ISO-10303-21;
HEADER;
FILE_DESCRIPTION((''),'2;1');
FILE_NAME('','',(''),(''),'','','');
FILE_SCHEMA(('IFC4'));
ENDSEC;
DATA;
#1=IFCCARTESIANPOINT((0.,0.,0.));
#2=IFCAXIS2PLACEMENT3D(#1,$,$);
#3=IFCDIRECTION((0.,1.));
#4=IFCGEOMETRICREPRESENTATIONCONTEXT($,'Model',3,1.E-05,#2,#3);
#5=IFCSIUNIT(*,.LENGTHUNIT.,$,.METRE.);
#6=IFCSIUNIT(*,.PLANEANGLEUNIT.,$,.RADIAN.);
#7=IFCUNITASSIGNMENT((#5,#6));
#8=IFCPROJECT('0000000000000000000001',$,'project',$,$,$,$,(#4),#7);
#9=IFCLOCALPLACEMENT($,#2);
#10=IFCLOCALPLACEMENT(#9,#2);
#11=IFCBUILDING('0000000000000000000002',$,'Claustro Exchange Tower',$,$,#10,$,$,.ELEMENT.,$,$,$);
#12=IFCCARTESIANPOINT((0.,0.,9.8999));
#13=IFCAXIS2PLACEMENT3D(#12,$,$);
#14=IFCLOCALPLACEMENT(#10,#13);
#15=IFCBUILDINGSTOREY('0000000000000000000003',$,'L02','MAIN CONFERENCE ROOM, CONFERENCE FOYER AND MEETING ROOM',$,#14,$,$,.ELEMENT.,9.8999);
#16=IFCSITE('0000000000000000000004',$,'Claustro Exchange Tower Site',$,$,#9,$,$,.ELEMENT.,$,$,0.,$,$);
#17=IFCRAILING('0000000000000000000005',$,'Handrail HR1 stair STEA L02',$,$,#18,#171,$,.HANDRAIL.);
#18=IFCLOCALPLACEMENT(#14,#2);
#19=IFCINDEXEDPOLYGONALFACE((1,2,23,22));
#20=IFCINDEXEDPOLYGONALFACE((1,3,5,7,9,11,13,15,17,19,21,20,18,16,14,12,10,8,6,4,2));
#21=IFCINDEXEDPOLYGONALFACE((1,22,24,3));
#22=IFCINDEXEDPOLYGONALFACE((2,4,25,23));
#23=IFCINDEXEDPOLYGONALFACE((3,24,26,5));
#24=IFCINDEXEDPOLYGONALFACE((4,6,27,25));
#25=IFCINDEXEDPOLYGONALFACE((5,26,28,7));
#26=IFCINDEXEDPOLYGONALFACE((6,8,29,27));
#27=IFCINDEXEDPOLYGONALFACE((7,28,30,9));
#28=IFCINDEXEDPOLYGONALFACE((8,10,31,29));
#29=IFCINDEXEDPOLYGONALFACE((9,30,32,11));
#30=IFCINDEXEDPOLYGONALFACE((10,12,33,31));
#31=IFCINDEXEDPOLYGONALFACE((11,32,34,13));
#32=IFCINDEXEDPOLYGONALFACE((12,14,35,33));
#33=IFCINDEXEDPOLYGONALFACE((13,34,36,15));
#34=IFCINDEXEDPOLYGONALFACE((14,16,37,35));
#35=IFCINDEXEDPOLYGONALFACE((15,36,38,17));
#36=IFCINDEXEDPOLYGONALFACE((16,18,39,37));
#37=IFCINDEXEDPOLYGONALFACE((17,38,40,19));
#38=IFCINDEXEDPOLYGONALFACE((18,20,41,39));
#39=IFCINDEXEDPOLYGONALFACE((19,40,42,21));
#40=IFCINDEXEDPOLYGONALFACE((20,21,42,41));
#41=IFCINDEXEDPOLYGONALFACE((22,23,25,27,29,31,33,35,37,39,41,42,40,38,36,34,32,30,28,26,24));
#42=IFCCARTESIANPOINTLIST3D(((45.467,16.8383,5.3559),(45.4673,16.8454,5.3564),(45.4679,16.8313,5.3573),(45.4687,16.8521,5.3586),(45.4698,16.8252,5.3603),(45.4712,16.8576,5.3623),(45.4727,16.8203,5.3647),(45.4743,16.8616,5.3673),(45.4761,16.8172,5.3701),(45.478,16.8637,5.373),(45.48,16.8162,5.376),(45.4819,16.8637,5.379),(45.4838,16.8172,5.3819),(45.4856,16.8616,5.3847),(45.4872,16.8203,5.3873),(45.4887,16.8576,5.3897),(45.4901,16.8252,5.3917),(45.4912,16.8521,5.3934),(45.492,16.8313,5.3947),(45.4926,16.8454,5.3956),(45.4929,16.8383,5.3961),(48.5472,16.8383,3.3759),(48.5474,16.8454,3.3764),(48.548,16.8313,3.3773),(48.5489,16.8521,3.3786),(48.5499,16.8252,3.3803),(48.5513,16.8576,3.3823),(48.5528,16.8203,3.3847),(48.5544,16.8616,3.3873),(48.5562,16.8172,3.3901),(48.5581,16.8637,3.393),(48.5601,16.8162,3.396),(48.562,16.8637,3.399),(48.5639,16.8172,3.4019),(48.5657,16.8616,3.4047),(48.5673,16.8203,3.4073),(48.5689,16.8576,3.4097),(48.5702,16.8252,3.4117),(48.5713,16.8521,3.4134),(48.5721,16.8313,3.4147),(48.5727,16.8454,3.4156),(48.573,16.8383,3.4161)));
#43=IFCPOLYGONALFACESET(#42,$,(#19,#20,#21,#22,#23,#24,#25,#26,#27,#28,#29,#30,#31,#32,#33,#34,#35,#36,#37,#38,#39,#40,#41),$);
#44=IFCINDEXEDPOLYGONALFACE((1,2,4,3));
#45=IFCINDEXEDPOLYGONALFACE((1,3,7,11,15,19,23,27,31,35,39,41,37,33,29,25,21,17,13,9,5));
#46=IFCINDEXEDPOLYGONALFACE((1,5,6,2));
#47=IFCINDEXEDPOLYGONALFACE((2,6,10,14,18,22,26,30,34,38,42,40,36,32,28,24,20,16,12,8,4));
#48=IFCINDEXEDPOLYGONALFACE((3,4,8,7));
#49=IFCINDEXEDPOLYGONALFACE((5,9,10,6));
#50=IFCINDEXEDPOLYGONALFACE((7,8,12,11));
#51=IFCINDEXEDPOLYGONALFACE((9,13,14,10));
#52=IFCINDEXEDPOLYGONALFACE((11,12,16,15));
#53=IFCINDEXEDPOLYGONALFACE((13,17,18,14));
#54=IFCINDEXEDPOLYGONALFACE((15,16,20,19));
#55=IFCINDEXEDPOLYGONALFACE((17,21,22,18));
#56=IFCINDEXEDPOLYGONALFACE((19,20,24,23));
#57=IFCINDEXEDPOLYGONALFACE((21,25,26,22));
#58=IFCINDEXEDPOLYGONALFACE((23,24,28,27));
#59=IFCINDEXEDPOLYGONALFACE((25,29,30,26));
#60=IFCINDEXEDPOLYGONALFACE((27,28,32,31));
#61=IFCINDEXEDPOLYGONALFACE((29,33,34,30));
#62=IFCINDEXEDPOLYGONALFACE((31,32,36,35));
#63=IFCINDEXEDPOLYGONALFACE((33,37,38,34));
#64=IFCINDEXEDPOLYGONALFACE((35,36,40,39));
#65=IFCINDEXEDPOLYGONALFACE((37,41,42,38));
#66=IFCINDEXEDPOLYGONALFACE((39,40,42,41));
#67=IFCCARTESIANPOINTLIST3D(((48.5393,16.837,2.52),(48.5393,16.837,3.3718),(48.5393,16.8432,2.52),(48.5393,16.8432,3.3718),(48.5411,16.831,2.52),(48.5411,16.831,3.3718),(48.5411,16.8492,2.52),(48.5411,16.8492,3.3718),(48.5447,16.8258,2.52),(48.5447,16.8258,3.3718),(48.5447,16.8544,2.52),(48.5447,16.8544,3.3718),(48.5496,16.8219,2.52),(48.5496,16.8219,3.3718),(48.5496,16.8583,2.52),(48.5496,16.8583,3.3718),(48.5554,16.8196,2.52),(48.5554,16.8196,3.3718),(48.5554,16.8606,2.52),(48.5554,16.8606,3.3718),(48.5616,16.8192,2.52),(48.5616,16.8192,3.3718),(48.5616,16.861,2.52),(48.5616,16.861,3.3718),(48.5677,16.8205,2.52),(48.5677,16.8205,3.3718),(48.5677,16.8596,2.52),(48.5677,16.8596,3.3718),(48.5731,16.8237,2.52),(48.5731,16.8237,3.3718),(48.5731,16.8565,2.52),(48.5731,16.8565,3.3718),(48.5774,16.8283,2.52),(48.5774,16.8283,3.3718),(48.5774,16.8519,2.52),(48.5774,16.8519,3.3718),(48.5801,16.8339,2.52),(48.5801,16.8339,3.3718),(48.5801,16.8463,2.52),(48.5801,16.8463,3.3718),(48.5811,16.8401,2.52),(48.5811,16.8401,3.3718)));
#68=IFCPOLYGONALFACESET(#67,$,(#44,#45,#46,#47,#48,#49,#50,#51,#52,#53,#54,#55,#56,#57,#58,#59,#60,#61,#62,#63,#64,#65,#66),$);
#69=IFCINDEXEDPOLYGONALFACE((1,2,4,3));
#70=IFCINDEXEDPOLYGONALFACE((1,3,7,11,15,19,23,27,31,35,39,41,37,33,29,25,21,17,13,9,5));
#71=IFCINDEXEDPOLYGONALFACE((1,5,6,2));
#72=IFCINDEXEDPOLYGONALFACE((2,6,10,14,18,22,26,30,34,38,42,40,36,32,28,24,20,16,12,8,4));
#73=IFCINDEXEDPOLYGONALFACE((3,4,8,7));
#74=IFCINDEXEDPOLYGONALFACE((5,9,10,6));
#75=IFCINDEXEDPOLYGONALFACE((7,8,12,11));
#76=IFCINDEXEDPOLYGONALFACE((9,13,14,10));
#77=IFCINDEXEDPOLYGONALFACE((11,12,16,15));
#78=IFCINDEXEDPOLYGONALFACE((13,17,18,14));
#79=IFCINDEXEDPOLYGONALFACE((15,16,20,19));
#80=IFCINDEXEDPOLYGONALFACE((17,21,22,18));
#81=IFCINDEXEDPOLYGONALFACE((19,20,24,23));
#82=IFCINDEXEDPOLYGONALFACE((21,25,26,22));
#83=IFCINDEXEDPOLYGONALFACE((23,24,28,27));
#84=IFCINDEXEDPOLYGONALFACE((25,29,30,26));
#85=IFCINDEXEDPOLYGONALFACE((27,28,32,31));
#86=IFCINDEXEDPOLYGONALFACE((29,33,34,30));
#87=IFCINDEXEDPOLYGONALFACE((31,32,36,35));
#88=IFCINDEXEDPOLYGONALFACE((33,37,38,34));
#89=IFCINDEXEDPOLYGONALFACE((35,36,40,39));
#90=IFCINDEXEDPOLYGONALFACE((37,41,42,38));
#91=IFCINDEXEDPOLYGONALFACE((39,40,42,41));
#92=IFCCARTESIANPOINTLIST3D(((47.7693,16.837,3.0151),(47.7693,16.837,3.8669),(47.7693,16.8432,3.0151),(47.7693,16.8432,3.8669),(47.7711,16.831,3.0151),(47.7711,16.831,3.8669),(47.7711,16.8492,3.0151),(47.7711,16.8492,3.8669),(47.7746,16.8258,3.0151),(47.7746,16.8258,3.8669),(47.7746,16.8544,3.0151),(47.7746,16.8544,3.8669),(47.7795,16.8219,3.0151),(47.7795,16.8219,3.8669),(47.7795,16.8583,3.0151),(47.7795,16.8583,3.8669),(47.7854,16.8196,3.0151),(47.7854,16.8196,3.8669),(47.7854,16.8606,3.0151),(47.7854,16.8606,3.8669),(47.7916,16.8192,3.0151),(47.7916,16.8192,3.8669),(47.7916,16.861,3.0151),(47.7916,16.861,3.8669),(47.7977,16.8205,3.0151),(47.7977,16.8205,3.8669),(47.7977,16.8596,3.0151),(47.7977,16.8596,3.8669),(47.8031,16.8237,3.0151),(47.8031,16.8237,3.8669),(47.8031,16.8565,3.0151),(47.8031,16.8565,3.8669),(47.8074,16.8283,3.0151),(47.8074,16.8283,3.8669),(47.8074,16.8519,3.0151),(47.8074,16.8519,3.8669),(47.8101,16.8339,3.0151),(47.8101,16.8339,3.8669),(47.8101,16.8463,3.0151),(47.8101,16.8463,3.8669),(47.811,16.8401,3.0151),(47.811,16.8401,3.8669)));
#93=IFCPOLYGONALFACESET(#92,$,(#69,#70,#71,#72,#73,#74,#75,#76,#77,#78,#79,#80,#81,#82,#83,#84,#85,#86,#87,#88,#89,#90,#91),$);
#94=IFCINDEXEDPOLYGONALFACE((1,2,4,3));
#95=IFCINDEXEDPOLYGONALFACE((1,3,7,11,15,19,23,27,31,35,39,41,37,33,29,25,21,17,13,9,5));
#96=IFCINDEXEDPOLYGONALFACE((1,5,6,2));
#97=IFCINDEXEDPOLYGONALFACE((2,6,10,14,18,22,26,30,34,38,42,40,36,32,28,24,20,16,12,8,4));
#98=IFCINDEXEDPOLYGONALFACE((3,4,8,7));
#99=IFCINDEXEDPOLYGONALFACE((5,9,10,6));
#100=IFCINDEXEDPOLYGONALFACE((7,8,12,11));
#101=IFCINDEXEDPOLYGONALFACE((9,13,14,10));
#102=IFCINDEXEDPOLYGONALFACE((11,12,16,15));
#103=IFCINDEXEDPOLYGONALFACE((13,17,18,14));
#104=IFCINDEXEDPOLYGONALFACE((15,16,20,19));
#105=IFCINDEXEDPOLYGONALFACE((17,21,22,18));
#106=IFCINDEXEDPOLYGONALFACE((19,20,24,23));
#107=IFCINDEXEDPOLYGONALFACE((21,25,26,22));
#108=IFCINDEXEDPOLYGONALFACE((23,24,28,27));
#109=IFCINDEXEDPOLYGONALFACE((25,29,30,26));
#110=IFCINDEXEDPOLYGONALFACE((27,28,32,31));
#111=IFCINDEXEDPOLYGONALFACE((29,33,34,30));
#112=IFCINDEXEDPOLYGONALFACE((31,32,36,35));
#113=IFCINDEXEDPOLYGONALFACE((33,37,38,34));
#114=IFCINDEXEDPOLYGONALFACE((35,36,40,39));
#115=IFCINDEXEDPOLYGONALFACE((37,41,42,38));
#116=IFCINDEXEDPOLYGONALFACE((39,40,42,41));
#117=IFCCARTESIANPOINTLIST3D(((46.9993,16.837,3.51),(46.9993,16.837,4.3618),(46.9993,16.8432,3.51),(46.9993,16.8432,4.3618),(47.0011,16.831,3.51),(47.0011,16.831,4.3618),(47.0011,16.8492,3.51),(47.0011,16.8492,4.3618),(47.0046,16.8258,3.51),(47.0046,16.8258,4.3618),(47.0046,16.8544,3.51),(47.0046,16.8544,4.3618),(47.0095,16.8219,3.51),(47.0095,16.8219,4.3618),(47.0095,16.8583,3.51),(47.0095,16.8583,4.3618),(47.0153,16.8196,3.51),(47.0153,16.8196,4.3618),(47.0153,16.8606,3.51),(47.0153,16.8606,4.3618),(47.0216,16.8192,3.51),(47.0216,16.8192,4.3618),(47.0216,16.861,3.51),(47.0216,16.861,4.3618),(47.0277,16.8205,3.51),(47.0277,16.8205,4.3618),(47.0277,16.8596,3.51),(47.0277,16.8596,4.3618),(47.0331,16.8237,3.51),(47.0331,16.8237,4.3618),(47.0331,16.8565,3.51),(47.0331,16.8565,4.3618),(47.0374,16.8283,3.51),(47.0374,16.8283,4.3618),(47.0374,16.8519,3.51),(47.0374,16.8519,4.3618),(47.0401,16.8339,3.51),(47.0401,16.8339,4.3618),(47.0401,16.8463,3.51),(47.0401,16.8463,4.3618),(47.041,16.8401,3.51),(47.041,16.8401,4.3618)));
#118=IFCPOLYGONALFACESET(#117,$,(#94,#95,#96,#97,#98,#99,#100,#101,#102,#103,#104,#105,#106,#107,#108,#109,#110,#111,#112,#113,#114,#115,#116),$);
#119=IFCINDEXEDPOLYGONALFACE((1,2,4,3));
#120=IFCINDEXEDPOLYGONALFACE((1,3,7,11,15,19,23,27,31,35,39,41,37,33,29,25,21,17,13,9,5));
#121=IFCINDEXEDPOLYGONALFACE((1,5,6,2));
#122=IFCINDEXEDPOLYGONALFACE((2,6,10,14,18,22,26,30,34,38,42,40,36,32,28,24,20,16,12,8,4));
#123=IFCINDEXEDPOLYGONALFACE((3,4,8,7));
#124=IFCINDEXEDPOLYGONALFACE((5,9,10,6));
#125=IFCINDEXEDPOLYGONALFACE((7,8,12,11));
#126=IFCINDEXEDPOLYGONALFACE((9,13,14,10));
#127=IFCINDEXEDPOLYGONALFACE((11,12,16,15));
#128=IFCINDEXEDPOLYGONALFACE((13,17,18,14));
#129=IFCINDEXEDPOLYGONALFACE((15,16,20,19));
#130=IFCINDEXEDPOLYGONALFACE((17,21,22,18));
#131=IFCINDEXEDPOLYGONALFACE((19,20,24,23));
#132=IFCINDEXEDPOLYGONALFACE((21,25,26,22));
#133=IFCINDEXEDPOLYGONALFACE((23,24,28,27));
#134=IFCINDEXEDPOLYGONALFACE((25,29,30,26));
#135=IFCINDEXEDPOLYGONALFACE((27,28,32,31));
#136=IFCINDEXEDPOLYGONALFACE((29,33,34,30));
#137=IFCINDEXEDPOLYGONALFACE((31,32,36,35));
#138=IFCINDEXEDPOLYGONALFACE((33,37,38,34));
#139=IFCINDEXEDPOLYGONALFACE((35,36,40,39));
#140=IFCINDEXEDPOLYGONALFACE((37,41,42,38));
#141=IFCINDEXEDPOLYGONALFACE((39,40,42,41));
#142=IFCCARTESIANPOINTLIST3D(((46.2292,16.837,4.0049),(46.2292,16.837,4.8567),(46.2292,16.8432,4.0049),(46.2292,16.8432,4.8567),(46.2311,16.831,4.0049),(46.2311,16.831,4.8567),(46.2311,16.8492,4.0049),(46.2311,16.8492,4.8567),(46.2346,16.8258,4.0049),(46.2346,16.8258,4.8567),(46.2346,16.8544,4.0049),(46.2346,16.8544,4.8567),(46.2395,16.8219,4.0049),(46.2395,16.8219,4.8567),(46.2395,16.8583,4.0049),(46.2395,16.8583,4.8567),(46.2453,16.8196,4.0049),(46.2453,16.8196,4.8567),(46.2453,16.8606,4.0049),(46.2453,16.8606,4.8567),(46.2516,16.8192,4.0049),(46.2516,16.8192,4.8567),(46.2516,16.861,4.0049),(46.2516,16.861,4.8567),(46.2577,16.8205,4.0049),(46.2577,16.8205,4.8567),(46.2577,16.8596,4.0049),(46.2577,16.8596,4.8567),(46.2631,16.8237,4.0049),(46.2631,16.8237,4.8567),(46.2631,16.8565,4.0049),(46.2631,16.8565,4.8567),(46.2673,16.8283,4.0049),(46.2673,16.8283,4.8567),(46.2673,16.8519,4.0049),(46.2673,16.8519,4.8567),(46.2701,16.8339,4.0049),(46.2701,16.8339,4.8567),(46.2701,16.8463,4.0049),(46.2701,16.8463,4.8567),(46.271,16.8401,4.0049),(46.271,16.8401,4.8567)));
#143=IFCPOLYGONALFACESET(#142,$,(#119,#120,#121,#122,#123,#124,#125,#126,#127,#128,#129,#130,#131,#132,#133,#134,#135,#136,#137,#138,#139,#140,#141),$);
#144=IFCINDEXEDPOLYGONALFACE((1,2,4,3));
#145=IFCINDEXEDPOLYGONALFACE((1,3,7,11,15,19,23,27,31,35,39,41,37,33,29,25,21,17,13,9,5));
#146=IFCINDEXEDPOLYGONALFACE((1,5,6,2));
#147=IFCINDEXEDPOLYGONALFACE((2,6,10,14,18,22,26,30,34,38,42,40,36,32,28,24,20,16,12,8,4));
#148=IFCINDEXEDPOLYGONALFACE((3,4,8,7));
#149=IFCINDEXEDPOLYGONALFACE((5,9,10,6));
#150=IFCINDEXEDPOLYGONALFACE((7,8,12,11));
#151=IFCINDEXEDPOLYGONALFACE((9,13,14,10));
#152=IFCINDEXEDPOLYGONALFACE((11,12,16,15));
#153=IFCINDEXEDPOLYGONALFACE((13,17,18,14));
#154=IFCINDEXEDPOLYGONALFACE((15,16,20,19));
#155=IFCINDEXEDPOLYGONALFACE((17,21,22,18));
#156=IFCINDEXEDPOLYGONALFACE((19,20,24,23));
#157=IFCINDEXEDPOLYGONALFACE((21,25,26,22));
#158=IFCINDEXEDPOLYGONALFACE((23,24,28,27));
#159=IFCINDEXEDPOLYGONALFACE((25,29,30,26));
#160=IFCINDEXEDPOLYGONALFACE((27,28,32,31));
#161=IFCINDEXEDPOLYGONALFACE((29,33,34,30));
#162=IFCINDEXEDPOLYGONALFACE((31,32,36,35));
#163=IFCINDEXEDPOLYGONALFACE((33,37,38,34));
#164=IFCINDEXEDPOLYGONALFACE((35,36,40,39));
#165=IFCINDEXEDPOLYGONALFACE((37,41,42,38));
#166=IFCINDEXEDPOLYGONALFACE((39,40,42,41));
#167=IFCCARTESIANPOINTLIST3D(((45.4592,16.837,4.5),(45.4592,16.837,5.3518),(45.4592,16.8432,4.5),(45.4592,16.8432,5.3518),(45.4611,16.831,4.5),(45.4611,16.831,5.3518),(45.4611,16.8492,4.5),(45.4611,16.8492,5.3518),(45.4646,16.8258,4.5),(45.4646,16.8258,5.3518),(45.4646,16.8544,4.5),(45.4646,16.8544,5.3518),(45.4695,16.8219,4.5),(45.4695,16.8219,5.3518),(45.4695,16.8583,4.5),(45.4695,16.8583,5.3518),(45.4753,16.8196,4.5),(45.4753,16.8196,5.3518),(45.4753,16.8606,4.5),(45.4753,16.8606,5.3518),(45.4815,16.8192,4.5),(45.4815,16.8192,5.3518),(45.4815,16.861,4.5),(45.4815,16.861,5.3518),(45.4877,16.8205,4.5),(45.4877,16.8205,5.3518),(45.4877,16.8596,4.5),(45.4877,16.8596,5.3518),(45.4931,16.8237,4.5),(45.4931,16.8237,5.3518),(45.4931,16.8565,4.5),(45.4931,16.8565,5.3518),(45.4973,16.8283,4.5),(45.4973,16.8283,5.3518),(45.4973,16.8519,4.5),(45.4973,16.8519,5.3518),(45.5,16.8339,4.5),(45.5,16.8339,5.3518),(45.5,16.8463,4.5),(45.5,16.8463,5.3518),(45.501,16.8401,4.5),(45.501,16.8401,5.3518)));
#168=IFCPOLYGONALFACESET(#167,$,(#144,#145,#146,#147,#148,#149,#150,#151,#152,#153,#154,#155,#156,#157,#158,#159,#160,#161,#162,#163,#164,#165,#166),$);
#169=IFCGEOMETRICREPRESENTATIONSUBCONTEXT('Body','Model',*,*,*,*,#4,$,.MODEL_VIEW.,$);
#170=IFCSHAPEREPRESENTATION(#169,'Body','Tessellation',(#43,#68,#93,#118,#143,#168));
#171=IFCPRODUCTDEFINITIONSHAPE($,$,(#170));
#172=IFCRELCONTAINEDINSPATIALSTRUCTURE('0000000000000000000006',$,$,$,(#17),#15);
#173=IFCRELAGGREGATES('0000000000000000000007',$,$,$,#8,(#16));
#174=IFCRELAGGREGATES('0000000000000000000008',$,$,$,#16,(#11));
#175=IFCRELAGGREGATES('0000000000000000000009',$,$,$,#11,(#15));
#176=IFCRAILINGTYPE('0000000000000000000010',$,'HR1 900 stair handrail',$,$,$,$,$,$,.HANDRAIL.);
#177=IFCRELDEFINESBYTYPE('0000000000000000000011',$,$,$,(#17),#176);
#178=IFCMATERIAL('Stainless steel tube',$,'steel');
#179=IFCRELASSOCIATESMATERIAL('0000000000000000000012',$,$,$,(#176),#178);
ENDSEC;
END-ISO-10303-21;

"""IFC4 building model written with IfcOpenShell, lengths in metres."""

from ifc_helpers import new_model, si_unit, direction, frame, origin, origin_2d, place, context, subcontext, project, spatial, circle, extrude, material, type_object, element, save


model = new_model("IFC4")

# Units and contexts
model_context = context("Model", 3, precision=1e-05, world=origin(), true_north=direction((0.0, 1.0)))
body_context = subcontext(model_context, "Body", "Model", "MODEL_VIEW")
ifc_project = project(units=[si_unit("LENGTHUNIT", "METRE"), si_unit("PLANEANGLEUNIT", "RADIAN")], contexts=[model_context])

# Site, building, storey
site_placement = place(None, origin())
site = spatial("IfcSite", under=ifc_project, at=site_placement, Name="Claustro Exchange Tower Site", CompositionType="ELEMENT", RefElevation=0.0)
building_placement = place(site_placement, origin())
building = spatial("IfcBuilding", under=site, at=building_placement, Name="Claustro Exchange Tower", CompositionType="ELEMENT")
storey_placement = place(building_placement, frame((0.0, 0.0, 9.8999)))
storey = spatial("IfcBuildingStorey", under=building, at=storey_placement, Name="L02", Description="MAIN CONFERENCE ROOM, CONFERENCE FOYER AND MEETING ROOM", CompositionType="ELEMENT", Elevation=9.8999)

# Railing
ifc_material_1 = material(Name="Stainless steel tube", Category="steel")
railing_type_1 = type_object("IfcRailingType", Name="HR1 900 stair handrail", PredefinedType="HANDRAIL", material=ifc_material_1)
railing_1_placement = place(storey_placement, frame((48.5601, 16.8401, 2.52)))
element("IfcRailing", 1, at=railing_1_placement, inside=storey, type_object=railing_type_1, Name="Handrail HR1 stair STEA L02", PredefinedType="HANDRAIL", context=body_context, shape_type="SweptSolid", body=[
    extrude(circle(Radius=0.0239, at=origin_2d()), frame((0.0, 0.0, 0.876), z_axis=(-0.841187, 0.0, 0.540744), x_axis=(0.0, -1.0, 0.0)), (0.0, 0.0, 1.0), 3.6616),
    extrude(circle(Radius=0.021, at=origin_2d()), origin(), (0.0, 0.0, 1.0), 0.8518),
    extrude(circle(Radius=0.021, at=origin_2d()), frame((-0.77, 0.0, 0.4951)), (0.0, 0.0, 1.0), 0.8518),
    extrude(circle(Radius=0.021, at=origin_2d()), frame((-1.54, 0.0, 0.99)), (0.0, 0.0, 1.0), 0.8518),
    extrude(circle(Radius=0.021, at=origin_2d()), frame((-2.3101, 0.0, 1.4849)), (0.0, 0.0, 1.0), 0.8518),
    extrude(circle(Radius=0.021, at=origin_2d()), frame((-3.0801, 0.0, 1.98)), (0.0, 0.0, 1.0), 0.8518),
])

save(model, "model.ifc")
